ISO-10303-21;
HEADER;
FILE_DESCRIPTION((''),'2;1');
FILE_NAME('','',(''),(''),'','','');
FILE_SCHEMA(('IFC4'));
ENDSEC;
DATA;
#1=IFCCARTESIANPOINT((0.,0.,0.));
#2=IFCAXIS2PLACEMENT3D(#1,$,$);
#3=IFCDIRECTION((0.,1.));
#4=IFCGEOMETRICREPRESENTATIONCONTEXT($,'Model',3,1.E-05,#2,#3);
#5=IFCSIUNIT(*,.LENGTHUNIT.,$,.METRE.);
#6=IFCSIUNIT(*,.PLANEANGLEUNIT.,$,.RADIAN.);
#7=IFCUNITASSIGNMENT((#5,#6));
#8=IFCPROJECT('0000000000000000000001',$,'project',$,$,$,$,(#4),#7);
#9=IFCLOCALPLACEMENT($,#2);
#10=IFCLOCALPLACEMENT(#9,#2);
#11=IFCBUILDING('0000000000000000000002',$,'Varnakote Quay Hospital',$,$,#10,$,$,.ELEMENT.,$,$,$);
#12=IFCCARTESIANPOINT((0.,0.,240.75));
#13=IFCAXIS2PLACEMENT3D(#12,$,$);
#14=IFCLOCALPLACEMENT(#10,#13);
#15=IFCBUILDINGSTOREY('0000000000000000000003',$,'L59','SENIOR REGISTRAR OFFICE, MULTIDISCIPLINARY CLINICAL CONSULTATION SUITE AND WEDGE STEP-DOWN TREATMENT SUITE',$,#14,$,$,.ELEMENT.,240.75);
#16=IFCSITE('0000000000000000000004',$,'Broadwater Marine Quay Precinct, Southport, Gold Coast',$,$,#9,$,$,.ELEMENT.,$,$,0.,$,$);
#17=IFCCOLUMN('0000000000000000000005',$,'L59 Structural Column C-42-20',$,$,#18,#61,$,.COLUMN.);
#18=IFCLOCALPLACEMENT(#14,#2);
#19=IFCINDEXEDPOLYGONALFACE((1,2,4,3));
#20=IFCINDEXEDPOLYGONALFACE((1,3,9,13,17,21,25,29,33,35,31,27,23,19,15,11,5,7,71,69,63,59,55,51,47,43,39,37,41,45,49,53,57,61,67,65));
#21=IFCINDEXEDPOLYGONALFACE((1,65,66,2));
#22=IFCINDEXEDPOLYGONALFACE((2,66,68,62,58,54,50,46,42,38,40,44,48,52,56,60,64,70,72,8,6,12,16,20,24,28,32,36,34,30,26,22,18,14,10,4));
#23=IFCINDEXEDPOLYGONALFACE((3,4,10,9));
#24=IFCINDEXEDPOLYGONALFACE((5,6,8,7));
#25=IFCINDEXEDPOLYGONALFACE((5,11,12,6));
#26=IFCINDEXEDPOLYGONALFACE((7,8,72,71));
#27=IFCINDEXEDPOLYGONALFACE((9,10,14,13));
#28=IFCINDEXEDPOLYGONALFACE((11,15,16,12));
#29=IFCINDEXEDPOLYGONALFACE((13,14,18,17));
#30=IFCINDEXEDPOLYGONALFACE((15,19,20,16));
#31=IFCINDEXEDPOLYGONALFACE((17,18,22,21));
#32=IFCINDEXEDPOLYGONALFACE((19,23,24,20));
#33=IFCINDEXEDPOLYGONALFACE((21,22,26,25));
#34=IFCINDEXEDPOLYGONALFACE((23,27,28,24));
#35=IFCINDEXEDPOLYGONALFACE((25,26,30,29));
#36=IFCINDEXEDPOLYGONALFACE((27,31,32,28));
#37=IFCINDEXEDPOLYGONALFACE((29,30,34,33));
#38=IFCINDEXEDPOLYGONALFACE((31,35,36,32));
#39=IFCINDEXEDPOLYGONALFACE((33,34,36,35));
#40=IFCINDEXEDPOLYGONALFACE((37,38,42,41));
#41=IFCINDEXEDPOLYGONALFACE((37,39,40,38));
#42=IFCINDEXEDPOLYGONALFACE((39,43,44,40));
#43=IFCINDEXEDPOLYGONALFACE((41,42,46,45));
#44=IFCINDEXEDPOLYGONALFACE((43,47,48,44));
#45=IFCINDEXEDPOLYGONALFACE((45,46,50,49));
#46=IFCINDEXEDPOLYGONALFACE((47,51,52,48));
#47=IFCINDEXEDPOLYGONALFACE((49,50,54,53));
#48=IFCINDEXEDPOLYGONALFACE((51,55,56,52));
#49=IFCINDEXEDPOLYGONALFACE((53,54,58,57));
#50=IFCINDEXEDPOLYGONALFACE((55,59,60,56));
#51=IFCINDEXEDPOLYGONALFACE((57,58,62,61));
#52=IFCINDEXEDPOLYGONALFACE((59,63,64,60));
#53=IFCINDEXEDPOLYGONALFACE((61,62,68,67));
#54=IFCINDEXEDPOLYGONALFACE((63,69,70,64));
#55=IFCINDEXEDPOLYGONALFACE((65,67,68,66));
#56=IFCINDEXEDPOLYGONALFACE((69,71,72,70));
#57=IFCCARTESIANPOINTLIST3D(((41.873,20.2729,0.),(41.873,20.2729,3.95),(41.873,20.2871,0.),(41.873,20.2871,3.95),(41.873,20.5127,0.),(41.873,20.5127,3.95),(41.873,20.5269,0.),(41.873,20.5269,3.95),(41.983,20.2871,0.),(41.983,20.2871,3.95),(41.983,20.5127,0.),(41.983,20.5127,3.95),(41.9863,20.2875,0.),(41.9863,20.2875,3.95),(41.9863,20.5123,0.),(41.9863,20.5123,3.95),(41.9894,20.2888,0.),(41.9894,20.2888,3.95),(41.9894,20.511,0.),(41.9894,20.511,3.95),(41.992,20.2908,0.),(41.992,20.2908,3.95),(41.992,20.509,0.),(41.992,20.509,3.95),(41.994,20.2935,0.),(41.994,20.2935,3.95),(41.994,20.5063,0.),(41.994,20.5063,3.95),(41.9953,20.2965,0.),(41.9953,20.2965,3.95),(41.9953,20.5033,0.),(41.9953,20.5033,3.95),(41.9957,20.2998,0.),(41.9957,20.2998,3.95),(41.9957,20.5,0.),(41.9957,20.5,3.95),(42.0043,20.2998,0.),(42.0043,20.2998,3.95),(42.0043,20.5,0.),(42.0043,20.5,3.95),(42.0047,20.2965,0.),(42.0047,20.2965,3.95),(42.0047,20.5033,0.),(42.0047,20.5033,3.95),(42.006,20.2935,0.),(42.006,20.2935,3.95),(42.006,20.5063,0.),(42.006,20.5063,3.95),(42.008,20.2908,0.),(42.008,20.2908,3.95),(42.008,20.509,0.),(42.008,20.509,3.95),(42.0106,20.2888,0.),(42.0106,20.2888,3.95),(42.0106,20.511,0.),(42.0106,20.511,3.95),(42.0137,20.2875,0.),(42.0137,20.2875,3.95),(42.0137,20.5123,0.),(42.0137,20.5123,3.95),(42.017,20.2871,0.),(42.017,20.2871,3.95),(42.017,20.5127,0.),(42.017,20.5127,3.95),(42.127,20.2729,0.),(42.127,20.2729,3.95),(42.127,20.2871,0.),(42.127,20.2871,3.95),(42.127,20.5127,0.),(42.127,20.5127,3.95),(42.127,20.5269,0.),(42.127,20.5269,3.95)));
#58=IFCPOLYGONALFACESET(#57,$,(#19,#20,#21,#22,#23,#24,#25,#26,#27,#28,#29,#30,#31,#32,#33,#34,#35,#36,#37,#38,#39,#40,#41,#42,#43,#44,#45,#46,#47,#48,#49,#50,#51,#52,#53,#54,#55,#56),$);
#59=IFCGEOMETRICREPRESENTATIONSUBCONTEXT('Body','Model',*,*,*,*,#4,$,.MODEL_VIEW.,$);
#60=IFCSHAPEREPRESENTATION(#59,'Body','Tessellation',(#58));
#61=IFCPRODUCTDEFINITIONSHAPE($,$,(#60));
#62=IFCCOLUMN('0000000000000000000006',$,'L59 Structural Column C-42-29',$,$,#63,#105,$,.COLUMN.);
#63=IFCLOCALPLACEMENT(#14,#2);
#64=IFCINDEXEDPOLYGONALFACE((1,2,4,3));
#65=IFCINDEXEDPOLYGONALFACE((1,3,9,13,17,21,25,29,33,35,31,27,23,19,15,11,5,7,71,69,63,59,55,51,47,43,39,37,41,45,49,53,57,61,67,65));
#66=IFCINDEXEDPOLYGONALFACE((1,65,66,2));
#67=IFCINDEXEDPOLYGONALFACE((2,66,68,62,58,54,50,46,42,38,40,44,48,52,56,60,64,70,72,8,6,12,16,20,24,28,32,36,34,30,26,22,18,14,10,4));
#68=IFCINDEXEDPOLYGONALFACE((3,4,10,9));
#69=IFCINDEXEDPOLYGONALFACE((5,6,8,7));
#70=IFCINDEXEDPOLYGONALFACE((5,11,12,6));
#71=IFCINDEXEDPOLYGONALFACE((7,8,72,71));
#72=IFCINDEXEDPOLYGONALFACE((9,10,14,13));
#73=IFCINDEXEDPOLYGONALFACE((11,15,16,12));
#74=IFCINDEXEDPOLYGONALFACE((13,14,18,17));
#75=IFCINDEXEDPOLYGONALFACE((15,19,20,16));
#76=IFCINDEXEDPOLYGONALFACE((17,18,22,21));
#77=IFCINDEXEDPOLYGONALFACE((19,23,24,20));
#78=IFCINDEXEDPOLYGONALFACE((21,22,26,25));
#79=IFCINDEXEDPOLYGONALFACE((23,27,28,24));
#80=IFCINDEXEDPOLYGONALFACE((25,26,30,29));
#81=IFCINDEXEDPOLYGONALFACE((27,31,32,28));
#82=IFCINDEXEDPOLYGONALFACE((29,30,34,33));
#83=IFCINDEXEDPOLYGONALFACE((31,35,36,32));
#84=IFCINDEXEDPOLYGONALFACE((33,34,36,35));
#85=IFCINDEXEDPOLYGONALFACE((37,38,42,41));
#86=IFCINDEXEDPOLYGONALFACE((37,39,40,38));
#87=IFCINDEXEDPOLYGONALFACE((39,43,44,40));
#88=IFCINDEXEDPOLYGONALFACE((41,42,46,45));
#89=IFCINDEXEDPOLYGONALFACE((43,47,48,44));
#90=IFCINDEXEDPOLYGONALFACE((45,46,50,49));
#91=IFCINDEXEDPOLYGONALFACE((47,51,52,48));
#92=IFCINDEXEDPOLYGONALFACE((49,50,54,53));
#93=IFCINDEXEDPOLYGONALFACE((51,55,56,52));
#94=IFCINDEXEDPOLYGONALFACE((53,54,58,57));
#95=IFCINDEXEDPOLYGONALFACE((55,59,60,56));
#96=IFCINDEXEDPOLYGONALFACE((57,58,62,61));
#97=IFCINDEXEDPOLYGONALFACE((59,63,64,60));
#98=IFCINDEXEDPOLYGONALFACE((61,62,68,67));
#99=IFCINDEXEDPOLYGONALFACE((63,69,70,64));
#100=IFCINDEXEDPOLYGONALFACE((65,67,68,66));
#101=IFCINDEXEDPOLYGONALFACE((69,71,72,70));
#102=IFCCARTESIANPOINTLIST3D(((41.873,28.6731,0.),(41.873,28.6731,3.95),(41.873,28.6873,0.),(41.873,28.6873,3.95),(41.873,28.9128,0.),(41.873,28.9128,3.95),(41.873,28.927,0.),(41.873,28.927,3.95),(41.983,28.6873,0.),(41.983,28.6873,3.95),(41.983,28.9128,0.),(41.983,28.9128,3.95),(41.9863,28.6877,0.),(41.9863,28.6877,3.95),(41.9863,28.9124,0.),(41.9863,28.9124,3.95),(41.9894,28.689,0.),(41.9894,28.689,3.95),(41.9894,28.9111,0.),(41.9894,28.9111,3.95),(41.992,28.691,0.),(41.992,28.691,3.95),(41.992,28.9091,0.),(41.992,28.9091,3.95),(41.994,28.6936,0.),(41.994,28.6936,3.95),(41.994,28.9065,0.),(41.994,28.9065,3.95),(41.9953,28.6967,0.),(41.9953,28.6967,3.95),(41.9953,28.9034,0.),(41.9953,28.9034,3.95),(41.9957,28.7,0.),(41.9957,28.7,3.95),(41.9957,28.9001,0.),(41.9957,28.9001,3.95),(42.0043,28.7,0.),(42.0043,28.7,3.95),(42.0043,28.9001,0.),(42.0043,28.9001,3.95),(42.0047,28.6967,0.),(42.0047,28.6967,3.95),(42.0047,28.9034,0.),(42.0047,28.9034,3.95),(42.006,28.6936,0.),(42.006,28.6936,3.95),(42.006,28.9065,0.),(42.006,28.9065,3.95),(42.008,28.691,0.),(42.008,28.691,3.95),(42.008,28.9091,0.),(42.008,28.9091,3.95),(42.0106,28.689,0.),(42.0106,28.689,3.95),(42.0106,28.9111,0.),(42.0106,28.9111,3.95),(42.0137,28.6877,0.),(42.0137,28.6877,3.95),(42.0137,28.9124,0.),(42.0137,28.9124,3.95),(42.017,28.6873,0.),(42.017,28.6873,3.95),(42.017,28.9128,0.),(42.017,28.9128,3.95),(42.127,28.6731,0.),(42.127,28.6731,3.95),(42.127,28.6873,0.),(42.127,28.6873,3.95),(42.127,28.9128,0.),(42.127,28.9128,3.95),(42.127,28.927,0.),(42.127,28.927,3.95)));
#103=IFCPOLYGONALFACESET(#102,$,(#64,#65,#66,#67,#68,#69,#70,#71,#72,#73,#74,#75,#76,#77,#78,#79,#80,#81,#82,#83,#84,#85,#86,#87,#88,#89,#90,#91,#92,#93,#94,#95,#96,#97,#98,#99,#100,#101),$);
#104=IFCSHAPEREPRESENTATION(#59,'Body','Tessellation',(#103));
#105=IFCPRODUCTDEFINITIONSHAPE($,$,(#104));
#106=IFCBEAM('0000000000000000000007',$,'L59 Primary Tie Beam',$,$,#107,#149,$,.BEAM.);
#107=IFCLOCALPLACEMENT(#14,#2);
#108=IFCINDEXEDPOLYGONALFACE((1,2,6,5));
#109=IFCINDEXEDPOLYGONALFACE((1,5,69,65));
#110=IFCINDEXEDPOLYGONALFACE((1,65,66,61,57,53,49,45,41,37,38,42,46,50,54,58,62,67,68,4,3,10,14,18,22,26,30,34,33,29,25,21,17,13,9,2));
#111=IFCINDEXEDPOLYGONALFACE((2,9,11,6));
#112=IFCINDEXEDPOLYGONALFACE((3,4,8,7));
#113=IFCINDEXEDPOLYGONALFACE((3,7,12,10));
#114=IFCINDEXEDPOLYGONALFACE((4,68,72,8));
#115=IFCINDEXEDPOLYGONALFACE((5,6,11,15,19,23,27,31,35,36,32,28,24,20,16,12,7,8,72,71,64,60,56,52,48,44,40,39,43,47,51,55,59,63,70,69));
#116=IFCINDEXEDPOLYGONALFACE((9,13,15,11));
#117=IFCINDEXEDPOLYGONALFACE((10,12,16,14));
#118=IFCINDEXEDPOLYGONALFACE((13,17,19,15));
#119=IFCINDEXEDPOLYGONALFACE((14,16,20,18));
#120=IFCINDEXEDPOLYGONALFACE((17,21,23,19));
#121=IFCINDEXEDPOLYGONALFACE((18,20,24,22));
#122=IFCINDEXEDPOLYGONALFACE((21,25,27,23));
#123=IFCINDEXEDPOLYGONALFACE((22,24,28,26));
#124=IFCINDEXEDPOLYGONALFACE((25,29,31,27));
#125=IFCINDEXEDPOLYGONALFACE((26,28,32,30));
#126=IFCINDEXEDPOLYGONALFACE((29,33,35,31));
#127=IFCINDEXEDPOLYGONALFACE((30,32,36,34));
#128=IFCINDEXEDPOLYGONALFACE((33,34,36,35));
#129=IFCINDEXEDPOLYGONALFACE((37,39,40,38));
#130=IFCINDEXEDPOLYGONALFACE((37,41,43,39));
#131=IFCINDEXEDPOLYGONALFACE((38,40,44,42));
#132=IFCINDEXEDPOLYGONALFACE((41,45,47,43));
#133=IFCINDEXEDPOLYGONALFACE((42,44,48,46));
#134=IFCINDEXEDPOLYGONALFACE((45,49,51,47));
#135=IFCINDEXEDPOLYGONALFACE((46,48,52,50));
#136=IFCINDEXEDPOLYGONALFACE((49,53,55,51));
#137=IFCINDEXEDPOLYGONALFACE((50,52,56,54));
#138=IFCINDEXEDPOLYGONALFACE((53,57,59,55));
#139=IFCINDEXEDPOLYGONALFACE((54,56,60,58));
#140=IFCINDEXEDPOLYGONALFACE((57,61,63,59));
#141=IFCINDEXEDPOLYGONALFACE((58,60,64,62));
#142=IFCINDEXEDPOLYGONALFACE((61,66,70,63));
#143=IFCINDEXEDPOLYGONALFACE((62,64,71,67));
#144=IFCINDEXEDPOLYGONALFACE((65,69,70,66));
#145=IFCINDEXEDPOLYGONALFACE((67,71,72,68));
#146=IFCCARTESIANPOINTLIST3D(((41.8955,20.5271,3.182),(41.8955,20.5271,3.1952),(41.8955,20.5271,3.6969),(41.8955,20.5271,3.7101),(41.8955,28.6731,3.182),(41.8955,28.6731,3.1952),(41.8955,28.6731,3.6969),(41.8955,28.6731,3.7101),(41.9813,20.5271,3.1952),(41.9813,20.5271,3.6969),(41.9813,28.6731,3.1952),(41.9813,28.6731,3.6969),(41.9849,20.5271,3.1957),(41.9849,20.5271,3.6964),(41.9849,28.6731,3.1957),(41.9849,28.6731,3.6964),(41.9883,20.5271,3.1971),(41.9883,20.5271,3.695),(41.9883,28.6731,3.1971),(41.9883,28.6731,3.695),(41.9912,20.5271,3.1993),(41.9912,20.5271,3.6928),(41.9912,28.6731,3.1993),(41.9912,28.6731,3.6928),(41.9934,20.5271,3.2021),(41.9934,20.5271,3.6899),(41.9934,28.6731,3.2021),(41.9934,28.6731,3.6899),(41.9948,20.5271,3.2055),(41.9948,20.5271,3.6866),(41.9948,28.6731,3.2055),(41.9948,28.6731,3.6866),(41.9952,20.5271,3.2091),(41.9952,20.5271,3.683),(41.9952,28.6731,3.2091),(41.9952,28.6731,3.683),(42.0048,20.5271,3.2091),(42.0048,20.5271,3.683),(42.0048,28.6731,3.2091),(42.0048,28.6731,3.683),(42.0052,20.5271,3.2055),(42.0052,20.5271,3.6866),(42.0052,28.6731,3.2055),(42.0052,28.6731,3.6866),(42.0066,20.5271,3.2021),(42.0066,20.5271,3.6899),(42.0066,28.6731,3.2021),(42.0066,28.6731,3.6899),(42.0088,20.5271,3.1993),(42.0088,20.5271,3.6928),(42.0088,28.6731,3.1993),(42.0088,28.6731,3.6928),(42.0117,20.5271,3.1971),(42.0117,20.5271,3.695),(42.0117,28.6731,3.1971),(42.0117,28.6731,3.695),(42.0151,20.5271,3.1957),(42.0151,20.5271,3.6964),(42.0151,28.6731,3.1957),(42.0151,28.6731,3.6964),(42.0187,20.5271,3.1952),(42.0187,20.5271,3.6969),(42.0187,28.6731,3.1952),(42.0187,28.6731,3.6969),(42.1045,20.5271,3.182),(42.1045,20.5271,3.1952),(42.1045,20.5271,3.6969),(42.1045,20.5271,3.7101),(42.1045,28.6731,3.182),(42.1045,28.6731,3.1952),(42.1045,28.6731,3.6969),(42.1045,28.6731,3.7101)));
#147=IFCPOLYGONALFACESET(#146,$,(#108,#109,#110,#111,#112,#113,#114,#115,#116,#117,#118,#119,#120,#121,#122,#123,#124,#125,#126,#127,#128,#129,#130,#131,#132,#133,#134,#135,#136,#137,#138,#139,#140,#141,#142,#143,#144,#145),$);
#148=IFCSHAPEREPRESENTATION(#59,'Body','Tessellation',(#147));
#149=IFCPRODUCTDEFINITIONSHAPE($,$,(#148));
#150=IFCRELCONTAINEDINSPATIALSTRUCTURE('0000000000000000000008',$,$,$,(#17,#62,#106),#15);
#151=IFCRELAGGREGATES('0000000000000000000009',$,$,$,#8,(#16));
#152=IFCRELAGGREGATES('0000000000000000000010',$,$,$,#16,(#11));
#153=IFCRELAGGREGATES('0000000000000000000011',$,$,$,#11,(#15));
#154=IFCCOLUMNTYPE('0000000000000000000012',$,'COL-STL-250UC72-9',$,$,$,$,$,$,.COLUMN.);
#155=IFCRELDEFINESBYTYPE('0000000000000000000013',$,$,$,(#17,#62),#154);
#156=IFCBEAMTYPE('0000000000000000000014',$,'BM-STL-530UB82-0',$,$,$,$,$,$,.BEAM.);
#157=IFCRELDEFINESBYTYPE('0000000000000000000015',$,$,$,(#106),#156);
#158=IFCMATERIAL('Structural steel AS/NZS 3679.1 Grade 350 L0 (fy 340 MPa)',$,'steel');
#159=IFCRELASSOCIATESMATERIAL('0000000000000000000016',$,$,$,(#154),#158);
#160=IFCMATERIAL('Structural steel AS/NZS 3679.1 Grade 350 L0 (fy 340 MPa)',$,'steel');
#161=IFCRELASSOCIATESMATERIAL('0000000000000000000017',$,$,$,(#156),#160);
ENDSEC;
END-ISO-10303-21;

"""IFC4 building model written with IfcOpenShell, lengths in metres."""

from ifc_helpers import new_model, si_unit, direction, frame, origin, origin_2d, place, context, subcontext, project, spatial, i_section, extrude, material, material_profile, profile_set, type_object, element, save


model = new_model("IFC4")

# Units and contexts
model_context = context("Model", 3, precision=1e-05, world=origin(), true_north=direction((0.0, 1.0)))
body_context = subcontext(model_context, "Body", "Model", "MODEL_VIEW")
ifc_project = project(units=[si_unit("LENGTHUNIT", "METRE"), si_unit("PLANEANGLEUNIT", "RADIAN")], contexts=[model_context])

# Site, building, storey
site_placement = place(None, origin())
site = spatial("IfcSite", under=ifc_project, at=site_placement, Name="Broadwater Marine Quay Precinct, Southport, Gold Coast", CompositionType="ELEMENT", RefElevation=0.0)
building_placement = place(site_placement, origin())
building = spatial("IfcBuilding", under=site, at=building_placement, Name="Varnakote Quay Hospital", CompositionType="ELEMENT")
storey_placement = place(building_placement, frame((0.0, 0.0, 240.75)))
storey = spatial("IfcBuildingStorey", under=building, at=storey_placement, Name="L59", Description="SENIOR REGISTRAR OFFICE, MULTIDISCIPLINARY CLINICAL CONSULTATION SUITE AND WEDGE STEP-DOWN TREATMENT SUITE", CompositionType="ELEMENT", Elevation=240.75)

# Columns
ifc_material_1 = material(Name="Structural steel AS/NZS 3679.1 Grade 350 L0 (fy 340 MPa)", Category="steel")
ifc_material_profile_1 = material_profile(ifc_material_1, i_section(OverallWidth=0.2539, OverallDepth=0.2539, WebThickness=0.0085, FlangeThickness=0.0142, FilletRadius=0.0127, at=origin_2d()), Name="250UC72.9")
ifc_profile_set_1 = profile_set([ifc_material_profile_1], Name="Structural steel AS/NZS 3679.1 Grade 350 L0 (fy 340 MPa)")
column_type = type_object("IfcColumnType", Name="COL-STL-250UC72-9", PredefinedType="COLUMN", material=ifc_profile_set_1)
for number, where, z_axis, x_axis, name in (
    (1, (42.0, 20.3999, 0.0), (0.0, 0.0, 1.0), (1.0, 0.0, 0.0), "L59 Structural Column C-42-20"),
    (2, (42.0, 28.8, 0.0), (0.0, 0.0, 1.0), (1.0, 0.0, 0.0), "L59 Structural Column C-42-29"),
):
    element("IfcColumn", number, at=place(storey_placement, frame(where, z_axis=z_axis, x_axis=x_axis)), inside=storey, type_object=column_type, Name=name, PredefinedType="COLUMN", context=body_context, shape_type="SweptSolid", body=[
        extrude(i_section(OverallWidth=0.2539, OverallDepth=0.2539, WebThickness=0.0085, FlangeThickness=0.0142, FilletRadius=0.0127, at=origin_2d()), origin(), (0.0, 0.0, 1.0), 3.95),
    ])

# Beam
ifc_material_2 = material(Name="Structural steel AS/NZS 3679.1 Grade 350 L0 (fy 340 MPa)", Category="steel")
ifc_material_profile_2 = material_profile(ifc_material_2, i_section(OverallWidth=0.209, OverallDepth=0.5281, WebThickness=0.0095, FlangeThickness=0.0132, FilletRadius=0.0139, at=origin_2d()), Name="530UB82.0")
ifc_profile_set_2 = profile_set([ifc_material_profile_2], Name="Structural steel AS/NZS 3679.1 Grade 350 L0 (fy 340 MPa)")
beam_type = type_object("IfcBeamType", Name="BM-STL-530UB82-0", PredefinedType="BEAM", material=ifc_profile_set_2)
beam_placement = place(storey_placement, frame((42.0, 20.5271, 3.446), z_axis=(0.0, 1.0, 0.0), x_axis=(-1.0, 0.0, 0.0)))
element("IfcBeam", 3, at=beam_placement, inside=storey, type_object=beam_type, Name="L59 Primary Tie Beam", PredefinedType="BEAM", context=body_context, shape_type="SweptSolid", body=[
    extrude(i_section(OverallWidth=0.209, OverallDepth=0.5281, WebThickness=0.0095, FlangeThickness=0.0132, FilletRadius=0.0139, at=origin_2d()), origin(), (0.0, 0.0, 1.0), 8.146),
])

save(model, "model.ifc")
